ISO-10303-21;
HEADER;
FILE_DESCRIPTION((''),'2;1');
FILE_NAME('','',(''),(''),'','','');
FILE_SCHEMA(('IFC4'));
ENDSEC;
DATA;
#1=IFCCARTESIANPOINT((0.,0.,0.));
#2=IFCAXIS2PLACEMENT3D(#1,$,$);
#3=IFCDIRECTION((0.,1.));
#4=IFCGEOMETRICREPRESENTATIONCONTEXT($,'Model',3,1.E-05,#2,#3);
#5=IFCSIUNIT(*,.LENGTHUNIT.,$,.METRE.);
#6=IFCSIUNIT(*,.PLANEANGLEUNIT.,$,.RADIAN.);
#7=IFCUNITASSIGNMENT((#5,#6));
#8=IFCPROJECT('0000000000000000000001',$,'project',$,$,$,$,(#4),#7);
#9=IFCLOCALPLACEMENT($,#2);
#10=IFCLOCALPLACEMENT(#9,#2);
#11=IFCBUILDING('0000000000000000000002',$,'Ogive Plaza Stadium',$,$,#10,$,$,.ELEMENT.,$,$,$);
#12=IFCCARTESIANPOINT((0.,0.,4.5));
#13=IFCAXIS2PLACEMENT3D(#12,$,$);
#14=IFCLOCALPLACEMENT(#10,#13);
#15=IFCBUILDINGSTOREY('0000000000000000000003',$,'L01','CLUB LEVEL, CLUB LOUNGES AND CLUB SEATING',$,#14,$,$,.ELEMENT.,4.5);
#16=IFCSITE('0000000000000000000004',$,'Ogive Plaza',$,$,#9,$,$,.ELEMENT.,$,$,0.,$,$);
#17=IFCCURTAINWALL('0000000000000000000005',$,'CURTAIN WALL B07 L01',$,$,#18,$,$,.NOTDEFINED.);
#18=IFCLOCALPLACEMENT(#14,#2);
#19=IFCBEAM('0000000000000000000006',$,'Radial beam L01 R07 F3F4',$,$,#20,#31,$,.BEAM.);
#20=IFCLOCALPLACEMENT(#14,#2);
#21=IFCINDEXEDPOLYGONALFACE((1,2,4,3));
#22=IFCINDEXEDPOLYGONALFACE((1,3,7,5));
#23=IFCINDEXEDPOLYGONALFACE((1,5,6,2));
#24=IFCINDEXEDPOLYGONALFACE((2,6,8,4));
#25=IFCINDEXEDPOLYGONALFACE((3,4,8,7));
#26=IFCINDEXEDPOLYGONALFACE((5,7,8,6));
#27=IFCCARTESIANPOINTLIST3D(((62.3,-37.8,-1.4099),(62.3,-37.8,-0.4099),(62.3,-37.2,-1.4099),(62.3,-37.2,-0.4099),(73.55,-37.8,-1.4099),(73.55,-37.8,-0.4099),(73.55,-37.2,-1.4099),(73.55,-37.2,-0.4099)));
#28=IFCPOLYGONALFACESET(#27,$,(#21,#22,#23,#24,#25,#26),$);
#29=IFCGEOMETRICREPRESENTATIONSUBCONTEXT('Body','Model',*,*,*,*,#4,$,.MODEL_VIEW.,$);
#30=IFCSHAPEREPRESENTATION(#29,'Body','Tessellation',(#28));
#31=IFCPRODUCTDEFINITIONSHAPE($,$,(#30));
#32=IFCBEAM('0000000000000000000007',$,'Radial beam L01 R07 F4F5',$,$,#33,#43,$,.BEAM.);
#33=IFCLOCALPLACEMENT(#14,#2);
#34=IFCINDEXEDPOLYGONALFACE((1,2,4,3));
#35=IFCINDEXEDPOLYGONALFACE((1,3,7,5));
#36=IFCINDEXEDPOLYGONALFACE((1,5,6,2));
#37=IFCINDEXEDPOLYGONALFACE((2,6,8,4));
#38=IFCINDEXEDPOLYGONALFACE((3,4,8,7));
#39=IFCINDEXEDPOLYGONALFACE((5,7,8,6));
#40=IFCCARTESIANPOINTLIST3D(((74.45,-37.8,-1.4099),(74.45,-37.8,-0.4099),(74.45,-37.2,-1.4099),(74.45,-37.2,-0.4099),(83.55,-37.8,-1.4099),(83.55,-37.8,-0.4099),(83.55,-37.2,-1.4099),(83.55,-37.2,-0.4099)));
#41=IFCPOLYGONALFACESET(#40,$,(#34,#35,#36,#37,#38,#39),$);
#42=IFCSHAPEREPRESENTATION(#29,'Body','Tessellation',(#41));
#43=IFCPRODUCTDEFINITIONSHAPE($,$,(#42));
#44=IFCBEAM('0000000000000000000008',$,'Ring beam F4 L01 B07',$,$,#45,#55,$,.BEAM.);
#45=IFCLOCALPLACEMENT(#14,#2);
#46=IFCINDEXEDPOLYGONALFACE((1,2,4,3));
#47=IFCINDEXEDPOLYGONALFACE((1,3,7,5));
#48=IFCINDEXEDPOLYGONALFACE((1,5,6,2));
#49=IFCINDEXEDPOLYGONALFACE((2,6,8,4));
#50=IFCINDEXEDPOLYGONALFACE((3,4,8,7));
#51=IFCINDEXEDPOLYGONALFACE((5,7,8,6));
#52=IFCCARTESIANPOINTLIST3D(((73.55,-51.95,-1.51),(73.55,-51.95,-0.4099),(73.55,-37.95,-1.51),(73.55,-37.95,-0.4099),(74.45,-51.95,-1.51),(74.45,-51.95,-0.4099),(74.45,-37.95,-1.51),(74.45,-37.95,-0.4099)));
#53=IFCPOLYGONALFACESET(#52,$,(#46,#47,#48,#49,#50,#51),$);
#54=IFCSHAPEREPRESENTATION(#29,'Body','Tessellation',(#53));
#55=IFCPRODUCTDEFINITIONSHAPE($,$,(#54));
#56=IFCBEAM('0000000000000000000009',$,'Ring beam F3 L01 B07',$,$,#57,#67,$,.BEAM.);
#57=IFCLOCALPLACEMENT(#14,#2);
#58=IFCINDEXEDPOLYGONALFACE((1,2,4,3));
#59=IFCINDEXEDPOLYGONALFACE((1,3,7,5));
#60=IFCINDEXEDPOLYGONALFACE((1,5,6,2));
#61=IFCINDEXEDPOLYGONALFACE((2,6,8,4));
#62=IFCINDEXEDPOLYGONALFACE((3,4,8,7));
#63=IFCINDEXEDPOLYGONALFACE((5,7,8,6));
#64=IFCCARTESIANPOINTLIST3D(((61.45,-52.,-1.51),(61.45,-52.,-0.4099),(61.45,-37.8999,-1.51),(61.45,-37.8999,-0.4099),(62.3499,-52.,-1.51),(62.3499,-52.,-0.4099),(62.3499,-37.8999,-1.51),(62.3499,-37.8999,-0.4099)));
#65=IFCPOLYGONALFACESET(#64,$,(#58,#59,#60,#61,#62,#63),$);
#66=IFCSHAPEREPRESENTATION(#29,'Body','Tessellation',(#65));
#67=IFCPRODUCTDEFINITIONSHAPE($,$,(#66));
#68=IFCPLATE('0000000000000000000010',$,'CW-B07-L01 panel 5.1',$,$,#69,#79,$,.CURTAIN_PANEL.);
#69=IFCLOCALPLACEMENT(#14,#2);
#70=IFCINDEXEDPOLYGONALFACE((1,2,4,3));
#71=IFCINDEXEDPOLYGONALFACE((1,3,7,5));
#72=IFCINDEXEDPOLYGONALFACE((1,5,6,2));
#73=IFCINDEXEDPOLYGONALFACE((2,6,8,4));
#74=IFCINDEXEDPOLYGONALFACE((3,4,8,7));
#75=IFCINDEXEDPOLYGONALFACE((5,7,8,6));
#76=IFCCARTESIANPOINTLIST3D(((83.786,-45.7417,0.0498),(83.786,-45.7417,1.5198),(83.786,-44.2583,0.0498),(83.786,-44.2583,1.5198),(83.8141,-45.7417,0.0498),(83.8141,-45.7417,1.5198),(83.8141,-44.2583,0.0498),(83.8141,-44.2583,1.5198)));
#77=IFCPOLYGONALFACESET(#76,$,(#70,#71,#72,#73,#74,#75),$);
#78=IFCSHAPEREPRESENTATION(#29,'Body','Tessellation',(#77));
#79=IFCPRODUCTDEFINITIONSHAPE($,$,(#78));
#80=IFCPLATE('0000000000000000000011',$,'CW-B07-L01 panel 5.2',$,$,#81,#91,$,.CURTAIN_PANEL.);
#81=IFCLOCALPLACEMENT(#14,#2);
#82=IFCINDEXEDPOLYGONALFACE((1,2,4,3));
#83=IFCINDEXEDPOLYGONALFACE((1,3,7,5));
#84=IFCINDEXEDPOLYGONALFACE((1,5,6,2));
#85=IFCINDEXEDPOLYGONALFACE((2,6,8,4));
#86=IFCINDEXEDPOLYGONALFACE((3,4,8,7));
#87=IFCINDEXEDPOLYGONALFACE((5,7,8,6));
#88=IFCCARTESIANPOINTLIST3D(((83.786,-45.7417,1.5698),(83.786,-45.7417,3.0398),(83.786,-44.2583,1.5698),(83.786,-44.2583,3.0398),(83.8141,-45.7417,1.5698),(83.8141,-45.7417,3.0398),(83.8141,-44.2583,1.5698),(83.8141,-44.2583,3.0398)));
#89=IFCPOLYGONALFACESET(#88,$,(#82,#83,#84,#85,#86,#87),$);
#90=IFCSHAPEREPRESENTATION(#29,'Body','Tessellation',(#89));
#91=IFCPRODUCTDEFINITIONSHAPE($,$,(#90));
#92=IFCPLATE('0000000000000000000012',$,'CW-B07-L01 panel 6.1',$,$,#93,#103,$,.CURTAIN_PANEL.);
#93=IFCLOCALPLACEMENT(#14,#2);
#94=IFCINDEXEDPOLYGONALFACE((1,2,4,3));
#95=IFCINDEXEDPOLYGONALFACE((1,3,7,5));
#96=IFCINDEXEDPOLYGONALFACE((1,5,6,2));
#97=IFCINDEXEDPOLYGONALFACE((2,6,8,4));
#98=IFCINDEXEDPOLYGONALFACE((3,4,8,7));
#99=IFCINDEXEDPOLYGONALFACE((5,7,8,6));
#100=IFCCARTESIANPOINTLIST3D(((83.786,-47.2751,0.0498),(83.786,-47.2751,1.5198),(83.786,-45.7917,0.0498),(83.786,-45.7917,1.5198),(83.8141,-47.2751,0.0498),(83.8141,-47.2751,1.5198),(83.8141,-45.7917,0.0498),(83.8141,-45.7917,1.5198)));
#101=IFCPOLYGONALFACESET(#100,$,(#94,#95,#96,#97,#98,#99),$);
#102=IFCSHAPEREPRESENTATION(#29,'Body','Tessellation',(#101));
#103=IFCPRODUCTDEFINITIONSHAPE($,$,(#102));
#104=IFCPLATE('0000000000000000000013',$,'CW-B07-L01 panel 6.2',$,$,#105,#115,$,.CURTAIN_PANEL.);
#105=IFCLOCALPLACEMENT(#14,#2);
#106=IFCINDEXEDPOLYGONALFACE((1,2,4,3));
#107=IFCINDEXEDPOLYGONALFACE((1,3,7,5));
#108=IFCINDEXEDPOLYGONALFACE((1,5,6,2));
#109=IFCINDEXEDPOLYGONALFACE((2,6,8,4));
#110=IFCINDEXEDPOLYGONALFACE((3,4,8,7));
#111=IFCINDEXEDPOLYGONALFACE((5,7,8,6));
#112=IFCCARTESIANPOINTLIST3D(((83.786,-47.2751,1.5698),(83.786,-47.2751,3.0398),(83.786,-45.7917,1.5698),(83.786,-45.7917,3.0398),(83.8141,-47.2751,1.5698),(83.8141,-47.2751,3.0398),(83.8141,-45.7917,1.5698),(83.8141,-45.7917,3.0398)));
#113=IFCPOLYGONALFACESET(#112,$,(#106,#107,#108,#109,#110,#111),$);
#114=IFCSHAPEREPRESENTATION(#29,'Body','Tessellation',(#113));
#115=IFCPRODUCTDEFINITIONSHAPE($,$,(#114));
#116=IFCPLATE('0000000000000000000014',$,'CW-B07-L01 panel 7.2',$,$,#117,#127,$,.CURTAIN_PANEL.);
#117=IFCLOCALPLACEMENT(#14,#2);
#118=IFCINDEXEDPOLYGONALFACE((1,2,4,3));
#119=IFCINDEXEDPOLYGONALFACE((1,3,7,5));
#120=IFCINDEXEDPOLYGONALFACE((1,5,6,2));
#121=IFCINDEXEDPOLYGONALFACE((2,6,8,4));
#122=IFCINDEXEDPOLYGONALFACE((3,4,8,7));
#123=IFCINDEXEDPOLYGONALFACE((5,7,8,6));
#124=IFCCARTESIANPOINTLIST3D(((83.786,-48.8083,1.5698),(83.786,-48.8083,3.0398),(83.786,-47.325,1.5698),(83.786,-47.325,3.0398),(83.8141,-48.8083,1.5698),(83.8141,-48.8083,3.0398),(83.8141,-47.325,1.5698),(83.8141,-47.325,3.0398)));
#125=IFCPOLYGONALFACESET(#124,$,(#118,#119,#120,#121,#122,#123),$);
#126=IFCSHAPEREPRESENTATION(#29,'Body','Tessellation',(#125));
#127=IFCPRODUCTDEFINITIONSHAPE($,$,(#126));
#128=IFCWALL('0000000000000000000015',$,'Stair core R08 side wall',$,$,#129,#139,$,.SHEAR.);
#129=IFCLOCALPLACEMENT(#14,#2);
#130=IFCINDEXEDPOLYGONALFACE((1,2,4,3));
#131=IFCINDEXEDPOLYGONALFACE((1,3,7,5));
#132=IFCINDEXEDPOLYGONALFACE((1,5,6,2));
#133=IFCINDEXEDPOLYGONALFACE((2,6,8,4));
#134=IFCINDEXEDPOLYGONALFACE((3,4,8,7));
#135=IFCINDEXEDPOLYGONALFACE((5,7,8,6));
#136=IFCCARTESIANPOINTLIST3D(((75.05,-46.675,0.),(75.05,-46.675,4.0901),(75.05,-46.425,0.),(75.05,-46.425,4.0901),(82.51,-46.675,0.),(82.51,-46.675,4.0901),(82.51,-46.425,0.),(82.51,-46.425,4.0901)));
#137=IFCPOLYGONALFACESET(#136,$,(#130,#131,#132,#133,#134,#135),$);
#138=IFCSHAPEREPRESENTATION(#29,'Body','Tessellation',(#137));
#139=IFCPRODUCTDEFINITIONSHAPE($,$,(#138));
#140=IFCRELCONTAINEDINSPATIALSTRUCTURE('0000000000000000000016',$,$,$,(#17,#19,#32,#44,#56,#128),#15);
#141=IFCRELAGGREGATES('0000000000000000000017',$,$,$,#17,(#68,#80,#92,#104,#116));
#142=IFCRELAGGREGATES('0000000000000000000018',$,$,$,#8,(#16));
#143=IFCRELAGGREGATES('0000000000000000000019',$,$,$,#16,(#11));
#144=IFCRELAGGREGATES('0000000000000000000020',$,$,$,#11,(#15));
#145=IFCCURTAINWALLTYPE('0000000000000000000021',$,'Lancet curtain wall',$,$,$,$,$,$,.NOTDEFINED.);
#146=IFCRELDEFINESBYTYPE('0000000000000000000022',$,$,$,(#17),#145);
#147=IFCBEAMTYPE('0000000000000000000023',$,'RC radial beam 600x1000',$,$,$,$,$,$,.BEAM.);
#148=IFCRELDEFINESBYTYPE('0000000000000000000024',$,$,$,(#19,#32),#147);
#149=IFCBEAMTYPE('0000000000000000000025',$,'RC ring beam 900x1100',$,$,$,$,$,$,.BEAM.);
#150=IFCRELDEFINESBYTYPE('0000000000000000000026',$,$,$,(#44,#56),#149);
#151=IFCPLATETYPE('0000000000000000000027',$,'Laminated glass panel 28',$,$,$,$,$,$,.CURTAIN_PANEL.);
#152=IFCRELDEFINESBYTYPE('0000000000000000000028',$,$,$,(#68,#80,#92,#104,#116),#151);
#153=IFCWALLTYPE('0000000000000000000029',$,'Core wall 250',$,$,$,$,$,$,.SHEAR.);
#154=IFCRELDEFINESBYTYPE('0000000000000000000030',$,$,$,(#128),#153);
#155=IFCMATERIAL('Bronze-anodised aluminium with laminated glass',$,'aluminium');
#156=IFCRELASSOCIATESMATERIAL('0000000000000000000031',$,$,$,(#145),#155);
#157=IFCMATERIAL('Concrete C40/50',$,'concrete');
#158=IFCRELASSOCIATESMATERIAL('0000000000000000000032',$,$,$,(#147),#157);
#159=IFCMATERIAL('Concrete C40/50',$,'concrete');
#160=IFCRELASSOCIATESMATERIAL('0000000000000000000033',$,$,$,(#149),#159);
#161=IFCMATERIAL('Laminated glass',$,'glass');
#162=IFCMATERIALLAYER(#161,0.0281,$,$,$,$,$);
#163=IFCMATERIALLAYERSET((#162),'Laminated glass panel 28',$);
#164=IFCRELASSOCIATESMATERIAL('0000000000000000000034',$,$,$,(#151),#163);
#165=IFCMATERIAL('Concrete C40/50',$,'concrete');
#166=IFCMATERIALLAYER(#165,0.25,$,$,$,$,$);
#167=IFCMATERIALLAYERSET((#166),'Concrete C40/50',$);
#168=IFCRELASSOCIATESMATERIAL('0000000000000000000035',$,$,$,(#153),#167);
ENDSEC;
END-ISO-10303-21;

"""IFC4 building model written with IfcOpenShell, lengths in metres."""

from ifc_helpers import new_model, si_unit, direction, frame, frame_2d, origin, origin_2d, place, context, subcontext, project, spatial, rectangle, extrude, material, layer, layer_set, material_profile, profile_set, type_object, element, aggregate, save


model = new_model("IFC4")

# Units and contexts
model_context = context("Model", 3, precision=1e-05, world=origin(), true_north=direction((0.0, 1.0)))
body_context = subcontext(model_context, "Body", "Model", "MODEL_VIEW")
ifc_project = project(units=[si_unit("LENGTHUNIT", "METRE"), si_unit("PLANEANGLEUNIT", "RADIAN")], contexts=[model_context])

# Site, building, storey
site_placement = place(None, origin())
site = spatial("IfcSite", under=ifc_project, at=site_placement, Name="Ogive Plaza", CompositionType="ELEMENT", RefElevation=0.0)
building_placement = place(site_placement, origin())
building = spatial("IfcBuilding", under=site, at=building_placement, Name="Ogive Plaza Stadium", CompositionType="ELEMENT")
storey_placement = place(building_placement, frame((0.0, 0.0, 4.5)))
storey = spatial("IfcBuildingStorey", under=building, at=storey_placement, Name="L01", Description="CLUB LEVEL, CLUB LOUNGES AND CLUB SEATING", CompositionType="ELEMENT", Elevation=4.5)

# Curtain wall
ifc_material_1 = material(Name="Bronze-anodised aluminium with laminated glass", Category="aluminium")
curtain_wall_type = type_object("IfcCurtainWallType", Name="Lancet curtain wall", PredefinedType="NOTDEFINED", material=ifc_material_1)
curtain_wall_placement = place(storey_placement, origin())
curtain_wall = element("IfcCurtainWall", 1, at=curtain_wall_placement, inside=storey, type_object=curtain_wall_type, Name="CURTAIN WALL B07 L01", PredefinedType="NOTDEFINED")

# Beams
ifc_material_2 = material(Name="Concrete C40/50", Category="concrete")
ifc_material_profile_1 = material_profile(ifc_material_2, rectangle(XDim=0.6001, YDim=1.0, at=origin_2d()), Name="RC 600x1000")
ifc_profile_set_1 = profile_set([ifc_material_profile_1], Name="Concrete C40/50")
beam_type_1 = type_object("IfcBeamType", Name="RC radial beam 600x1000", PredefinedType="BEAM", material=ifc_profile_set_1)
beam_1_placement = place(storey_placement, frame((62.3, -37.5, -0.9099), z_axis=(1.0, 0.0, 0.0), x_axis=(0.0, 1.0, 0.0)))
element("IfcBeam", 2, at=beam_1_placement, inside=storey, type_object=beam_type_1, Name="Radial beam L01 R07 F3F4", PredefinedType="BEAM", context=body_context, shape_type="SweptSolid", body=[
    extrude(rectangle(XDim=0.6001, YDim=1.0, at=origin_2d()), origin(), (0.0, 0.0, 1.0), 11.25),
])
beam_2_placement = place(storey_placement, frame((74.45, -37.5, -0.9099), z_axis=(1.0, 0.0, 0.0), x_axis=(0.0, 1.0, 0.0)))
element("IfcBeam", 3, at=beam_2_placement, inside=storey, type_object=beam_type_1, Name="Radial beam L01 R07 F4F5", PredefinedType="BEAM", context=body_context, shape_type="SweptSolid", body=[
    extrude(rectangle(XDim=0.6001, YDim=1.0, at=origin_2d()), origin(), (0.0, 0.0, 1.0), 9.1001),
])
ifc_material_3 = material(Name="Concrete C40/50", Category="concrete")
ifc_material_profile_2 = material_profile(ifc_material_3, rectangle(XDim=0.8999, YDim=1.1001, at=origin_2d()), Name="RC 900x1100")
ifc_profile_set_2 = profile_set([ifc_material_profile_2], Name="Concrete C40/50")
beam_type_2 = type_object("IfcBeamType", Name="RC ring beam 900x1100", PredefinedType="BEAM", material=ifc_profile_set_2)
beam_3_placement = place(storey_placement, frame((74.0, -37.95, -0.96), z_axis=(0.0, -1.0, 0.0), x_axis=(1.0, 0.0, 0.0)))
element("IfcBeam", 4, at=beam_3_placement, inside=storey, type_object=beam_type_2, Name="Ring beam F4 L01 B07", PredefinedType="BEAM", context=body_context, shape_type="SweptSolid", body=[
    extrude(rectangle(XDim=0.8999, YDim=1.1001, at=origin_2d()), origin(), (0.0, 0.0, 1.0), 14.0),
])
beam_4_placement = place(storey_placement, frame((61.8999, -37.8999, -0.96), z_axis=(0.0, -1.0, 0.0), x_axis=(1.0, 0.0, 0.0)))
element("IfcBeam", 5, at=beam_4_placement, inside=storey, type_object=beam_type_2, Name="Ring beam F3 L01 B07", PredefinedType="BEAM", context=body_context, shape_type="SweptSolid", body=[
    extrude(rectangle(XDim=0.8999, YDim=1.1001, at=origin_2d()), origin(), (0.0, 0.0, 1.0), 14.1001),
])

# Plates
ifc_material_4 = material(Name="Laminated glass", Category="glass")
ifc_layer_1 = layer(ifc_material_4, 0.0281)
ifc_layer_set_1 = layer_set([ifc_layer_1], Name="Laminated glass panel 28")
plate_type = type_object("IfcPlateType", Name="Laminated glass panel 28", PredefinedType="CURTAIN_PANEL", material=ifc_layer_set_1)
plate_1_placement = place(storey_placement, frame((83.8, -45.0, 0.0498), z_axis=(0.0, 0.0, 1.0), x_axis=(0.0, -1.0, 0.0)))
plate_1 = element("IfcPlate", 6, at=plate_1_placement, type_object=plate_type, Name="CW-B07-L01 panel 5.1", PredefinedType="CURTAIN_PANEL", context=body_context, shape_type="SweptSolid", body=[
    extrude(rectangle(XDim=1.4834, YDim=0.0281, at=origin_2d()), origin(), (0.0, 0.0, 1.0), 1.47),
])
plate_2_placement = place(storey_placement, frame((83.8, -45.0, 1.5698), z_axis=(0.0, 0.0, 1.0), x_axis=(0.0, -1.0, 0.0)))
plate_2 = element("IfcPlate", 7, at=plate_2_placement, type_object=plate_type, Name="CW-B07-L01 panel 5.2", PredefinedType="CURTAIN_PANEL", context=body_context, shape_type="SweptSolid", body=[
    extrude(rectangle(XDim=1.4834, YDim=0.0281, at=origin_2d()), origin(), (0.0, 0.0, 1.0), 1.47),
])
plate_3_placement = place(storey_placement, frame((83.8, -46.5334, 0.0498), z_axis=(0.0, 0.0, 1.0), x_axis=(0.0, -1.0, 0.0)))
plate_3 = element("IfcPlate", 8, at=plate_3_placement, type_object=plate_type, Name="CW-B07-L01 panel 6.1", PredefinedType="CURTAIN_PANEL", context=body_context, shape_type="SweptSolid", body=[
    extrude(rectangle(XDim=1.4834, YDim=0.0281, at=origin_2d()), origin(), (0.0, 0.0, 1.0), 1.47),
])
plate_4_placement = place(storey_placement, frame((83.8, -46.5334, 1.5698), z_axis=(0.0, 0.0, 1.0), x_axis=(0.0, -1.0, 0.0)))
plate_4 = element("IfcPlate", 9, at=plate_4_placement, type_object=plate_type, Name="CW-B07-L01 panel 6.2", PredefinedType="CURTAIN_PANEL", context=body_context, shape_type="SweptSolid", body=[
    extrude(rectangle(XDim=1.4834, YDim=0.0281, at=origin_2d()), origin(), (0.0, 0.0, 1.0), 1.47),
])
plate_5_placement = place(storey_placement, frame((83.8, -48.0667, 1.5698), z_axis=(0.0, 0.0, 1.0), x_axis=(0.0, -1.0, 0.0)))
plate_5 = element("IfcPlate", 10, at=plate_5_placement, type_object=plate_type, Name="CW-B07-L01 panel 7.2", PredefinedType="CURTAIN_PANEL", context=body_context, shape_type="SweptSolid", body=[
    extrude(rectangle(XDim=1.4834, YDim=0.0281, at=origin_2d()), origin(), (0.0, 0.0, 1.0), 1.47),
])
aggregate(curtain_wall, [plate_1, plate_2, plate_3, plate_4, plate_5])

# Wall
ifc_material_5 = material(Name="Concrete C40/50", Category="concrete")
ifc_layer_2 = layer(ifc_material_5, 0.25)
ifc_layer_set_2 = layer_set([ifc_layer_2], Name="Concrete C40/50")
wall_type = type_object("IfcWallType", Name="Core wall 250", PredefinedType="SHEAR", material=ifc_layer_set_2)
wall_placement = place(storey_placement, frame((75.05, -46.55, 0.0), z_axis=(0.0, 0.0, 1.0), x_axis=(1.0, 0.0, 0.0)))
element("IfcWall", 11, at=wall_placement, inside=storey, type_object=wall_type, Name="Stair core R08 side wall", PredefinedType="SHEAR", context=body_context, shape_type="SweptSolid", body=[
    extrude(rectangle(XDim=7.46, YDim=0.25, at=frame_2d((3.73, 0.0))), origin(), (0.0, 0.0, 1.0), 4.0901),
])

save(model, "model.ifc")
